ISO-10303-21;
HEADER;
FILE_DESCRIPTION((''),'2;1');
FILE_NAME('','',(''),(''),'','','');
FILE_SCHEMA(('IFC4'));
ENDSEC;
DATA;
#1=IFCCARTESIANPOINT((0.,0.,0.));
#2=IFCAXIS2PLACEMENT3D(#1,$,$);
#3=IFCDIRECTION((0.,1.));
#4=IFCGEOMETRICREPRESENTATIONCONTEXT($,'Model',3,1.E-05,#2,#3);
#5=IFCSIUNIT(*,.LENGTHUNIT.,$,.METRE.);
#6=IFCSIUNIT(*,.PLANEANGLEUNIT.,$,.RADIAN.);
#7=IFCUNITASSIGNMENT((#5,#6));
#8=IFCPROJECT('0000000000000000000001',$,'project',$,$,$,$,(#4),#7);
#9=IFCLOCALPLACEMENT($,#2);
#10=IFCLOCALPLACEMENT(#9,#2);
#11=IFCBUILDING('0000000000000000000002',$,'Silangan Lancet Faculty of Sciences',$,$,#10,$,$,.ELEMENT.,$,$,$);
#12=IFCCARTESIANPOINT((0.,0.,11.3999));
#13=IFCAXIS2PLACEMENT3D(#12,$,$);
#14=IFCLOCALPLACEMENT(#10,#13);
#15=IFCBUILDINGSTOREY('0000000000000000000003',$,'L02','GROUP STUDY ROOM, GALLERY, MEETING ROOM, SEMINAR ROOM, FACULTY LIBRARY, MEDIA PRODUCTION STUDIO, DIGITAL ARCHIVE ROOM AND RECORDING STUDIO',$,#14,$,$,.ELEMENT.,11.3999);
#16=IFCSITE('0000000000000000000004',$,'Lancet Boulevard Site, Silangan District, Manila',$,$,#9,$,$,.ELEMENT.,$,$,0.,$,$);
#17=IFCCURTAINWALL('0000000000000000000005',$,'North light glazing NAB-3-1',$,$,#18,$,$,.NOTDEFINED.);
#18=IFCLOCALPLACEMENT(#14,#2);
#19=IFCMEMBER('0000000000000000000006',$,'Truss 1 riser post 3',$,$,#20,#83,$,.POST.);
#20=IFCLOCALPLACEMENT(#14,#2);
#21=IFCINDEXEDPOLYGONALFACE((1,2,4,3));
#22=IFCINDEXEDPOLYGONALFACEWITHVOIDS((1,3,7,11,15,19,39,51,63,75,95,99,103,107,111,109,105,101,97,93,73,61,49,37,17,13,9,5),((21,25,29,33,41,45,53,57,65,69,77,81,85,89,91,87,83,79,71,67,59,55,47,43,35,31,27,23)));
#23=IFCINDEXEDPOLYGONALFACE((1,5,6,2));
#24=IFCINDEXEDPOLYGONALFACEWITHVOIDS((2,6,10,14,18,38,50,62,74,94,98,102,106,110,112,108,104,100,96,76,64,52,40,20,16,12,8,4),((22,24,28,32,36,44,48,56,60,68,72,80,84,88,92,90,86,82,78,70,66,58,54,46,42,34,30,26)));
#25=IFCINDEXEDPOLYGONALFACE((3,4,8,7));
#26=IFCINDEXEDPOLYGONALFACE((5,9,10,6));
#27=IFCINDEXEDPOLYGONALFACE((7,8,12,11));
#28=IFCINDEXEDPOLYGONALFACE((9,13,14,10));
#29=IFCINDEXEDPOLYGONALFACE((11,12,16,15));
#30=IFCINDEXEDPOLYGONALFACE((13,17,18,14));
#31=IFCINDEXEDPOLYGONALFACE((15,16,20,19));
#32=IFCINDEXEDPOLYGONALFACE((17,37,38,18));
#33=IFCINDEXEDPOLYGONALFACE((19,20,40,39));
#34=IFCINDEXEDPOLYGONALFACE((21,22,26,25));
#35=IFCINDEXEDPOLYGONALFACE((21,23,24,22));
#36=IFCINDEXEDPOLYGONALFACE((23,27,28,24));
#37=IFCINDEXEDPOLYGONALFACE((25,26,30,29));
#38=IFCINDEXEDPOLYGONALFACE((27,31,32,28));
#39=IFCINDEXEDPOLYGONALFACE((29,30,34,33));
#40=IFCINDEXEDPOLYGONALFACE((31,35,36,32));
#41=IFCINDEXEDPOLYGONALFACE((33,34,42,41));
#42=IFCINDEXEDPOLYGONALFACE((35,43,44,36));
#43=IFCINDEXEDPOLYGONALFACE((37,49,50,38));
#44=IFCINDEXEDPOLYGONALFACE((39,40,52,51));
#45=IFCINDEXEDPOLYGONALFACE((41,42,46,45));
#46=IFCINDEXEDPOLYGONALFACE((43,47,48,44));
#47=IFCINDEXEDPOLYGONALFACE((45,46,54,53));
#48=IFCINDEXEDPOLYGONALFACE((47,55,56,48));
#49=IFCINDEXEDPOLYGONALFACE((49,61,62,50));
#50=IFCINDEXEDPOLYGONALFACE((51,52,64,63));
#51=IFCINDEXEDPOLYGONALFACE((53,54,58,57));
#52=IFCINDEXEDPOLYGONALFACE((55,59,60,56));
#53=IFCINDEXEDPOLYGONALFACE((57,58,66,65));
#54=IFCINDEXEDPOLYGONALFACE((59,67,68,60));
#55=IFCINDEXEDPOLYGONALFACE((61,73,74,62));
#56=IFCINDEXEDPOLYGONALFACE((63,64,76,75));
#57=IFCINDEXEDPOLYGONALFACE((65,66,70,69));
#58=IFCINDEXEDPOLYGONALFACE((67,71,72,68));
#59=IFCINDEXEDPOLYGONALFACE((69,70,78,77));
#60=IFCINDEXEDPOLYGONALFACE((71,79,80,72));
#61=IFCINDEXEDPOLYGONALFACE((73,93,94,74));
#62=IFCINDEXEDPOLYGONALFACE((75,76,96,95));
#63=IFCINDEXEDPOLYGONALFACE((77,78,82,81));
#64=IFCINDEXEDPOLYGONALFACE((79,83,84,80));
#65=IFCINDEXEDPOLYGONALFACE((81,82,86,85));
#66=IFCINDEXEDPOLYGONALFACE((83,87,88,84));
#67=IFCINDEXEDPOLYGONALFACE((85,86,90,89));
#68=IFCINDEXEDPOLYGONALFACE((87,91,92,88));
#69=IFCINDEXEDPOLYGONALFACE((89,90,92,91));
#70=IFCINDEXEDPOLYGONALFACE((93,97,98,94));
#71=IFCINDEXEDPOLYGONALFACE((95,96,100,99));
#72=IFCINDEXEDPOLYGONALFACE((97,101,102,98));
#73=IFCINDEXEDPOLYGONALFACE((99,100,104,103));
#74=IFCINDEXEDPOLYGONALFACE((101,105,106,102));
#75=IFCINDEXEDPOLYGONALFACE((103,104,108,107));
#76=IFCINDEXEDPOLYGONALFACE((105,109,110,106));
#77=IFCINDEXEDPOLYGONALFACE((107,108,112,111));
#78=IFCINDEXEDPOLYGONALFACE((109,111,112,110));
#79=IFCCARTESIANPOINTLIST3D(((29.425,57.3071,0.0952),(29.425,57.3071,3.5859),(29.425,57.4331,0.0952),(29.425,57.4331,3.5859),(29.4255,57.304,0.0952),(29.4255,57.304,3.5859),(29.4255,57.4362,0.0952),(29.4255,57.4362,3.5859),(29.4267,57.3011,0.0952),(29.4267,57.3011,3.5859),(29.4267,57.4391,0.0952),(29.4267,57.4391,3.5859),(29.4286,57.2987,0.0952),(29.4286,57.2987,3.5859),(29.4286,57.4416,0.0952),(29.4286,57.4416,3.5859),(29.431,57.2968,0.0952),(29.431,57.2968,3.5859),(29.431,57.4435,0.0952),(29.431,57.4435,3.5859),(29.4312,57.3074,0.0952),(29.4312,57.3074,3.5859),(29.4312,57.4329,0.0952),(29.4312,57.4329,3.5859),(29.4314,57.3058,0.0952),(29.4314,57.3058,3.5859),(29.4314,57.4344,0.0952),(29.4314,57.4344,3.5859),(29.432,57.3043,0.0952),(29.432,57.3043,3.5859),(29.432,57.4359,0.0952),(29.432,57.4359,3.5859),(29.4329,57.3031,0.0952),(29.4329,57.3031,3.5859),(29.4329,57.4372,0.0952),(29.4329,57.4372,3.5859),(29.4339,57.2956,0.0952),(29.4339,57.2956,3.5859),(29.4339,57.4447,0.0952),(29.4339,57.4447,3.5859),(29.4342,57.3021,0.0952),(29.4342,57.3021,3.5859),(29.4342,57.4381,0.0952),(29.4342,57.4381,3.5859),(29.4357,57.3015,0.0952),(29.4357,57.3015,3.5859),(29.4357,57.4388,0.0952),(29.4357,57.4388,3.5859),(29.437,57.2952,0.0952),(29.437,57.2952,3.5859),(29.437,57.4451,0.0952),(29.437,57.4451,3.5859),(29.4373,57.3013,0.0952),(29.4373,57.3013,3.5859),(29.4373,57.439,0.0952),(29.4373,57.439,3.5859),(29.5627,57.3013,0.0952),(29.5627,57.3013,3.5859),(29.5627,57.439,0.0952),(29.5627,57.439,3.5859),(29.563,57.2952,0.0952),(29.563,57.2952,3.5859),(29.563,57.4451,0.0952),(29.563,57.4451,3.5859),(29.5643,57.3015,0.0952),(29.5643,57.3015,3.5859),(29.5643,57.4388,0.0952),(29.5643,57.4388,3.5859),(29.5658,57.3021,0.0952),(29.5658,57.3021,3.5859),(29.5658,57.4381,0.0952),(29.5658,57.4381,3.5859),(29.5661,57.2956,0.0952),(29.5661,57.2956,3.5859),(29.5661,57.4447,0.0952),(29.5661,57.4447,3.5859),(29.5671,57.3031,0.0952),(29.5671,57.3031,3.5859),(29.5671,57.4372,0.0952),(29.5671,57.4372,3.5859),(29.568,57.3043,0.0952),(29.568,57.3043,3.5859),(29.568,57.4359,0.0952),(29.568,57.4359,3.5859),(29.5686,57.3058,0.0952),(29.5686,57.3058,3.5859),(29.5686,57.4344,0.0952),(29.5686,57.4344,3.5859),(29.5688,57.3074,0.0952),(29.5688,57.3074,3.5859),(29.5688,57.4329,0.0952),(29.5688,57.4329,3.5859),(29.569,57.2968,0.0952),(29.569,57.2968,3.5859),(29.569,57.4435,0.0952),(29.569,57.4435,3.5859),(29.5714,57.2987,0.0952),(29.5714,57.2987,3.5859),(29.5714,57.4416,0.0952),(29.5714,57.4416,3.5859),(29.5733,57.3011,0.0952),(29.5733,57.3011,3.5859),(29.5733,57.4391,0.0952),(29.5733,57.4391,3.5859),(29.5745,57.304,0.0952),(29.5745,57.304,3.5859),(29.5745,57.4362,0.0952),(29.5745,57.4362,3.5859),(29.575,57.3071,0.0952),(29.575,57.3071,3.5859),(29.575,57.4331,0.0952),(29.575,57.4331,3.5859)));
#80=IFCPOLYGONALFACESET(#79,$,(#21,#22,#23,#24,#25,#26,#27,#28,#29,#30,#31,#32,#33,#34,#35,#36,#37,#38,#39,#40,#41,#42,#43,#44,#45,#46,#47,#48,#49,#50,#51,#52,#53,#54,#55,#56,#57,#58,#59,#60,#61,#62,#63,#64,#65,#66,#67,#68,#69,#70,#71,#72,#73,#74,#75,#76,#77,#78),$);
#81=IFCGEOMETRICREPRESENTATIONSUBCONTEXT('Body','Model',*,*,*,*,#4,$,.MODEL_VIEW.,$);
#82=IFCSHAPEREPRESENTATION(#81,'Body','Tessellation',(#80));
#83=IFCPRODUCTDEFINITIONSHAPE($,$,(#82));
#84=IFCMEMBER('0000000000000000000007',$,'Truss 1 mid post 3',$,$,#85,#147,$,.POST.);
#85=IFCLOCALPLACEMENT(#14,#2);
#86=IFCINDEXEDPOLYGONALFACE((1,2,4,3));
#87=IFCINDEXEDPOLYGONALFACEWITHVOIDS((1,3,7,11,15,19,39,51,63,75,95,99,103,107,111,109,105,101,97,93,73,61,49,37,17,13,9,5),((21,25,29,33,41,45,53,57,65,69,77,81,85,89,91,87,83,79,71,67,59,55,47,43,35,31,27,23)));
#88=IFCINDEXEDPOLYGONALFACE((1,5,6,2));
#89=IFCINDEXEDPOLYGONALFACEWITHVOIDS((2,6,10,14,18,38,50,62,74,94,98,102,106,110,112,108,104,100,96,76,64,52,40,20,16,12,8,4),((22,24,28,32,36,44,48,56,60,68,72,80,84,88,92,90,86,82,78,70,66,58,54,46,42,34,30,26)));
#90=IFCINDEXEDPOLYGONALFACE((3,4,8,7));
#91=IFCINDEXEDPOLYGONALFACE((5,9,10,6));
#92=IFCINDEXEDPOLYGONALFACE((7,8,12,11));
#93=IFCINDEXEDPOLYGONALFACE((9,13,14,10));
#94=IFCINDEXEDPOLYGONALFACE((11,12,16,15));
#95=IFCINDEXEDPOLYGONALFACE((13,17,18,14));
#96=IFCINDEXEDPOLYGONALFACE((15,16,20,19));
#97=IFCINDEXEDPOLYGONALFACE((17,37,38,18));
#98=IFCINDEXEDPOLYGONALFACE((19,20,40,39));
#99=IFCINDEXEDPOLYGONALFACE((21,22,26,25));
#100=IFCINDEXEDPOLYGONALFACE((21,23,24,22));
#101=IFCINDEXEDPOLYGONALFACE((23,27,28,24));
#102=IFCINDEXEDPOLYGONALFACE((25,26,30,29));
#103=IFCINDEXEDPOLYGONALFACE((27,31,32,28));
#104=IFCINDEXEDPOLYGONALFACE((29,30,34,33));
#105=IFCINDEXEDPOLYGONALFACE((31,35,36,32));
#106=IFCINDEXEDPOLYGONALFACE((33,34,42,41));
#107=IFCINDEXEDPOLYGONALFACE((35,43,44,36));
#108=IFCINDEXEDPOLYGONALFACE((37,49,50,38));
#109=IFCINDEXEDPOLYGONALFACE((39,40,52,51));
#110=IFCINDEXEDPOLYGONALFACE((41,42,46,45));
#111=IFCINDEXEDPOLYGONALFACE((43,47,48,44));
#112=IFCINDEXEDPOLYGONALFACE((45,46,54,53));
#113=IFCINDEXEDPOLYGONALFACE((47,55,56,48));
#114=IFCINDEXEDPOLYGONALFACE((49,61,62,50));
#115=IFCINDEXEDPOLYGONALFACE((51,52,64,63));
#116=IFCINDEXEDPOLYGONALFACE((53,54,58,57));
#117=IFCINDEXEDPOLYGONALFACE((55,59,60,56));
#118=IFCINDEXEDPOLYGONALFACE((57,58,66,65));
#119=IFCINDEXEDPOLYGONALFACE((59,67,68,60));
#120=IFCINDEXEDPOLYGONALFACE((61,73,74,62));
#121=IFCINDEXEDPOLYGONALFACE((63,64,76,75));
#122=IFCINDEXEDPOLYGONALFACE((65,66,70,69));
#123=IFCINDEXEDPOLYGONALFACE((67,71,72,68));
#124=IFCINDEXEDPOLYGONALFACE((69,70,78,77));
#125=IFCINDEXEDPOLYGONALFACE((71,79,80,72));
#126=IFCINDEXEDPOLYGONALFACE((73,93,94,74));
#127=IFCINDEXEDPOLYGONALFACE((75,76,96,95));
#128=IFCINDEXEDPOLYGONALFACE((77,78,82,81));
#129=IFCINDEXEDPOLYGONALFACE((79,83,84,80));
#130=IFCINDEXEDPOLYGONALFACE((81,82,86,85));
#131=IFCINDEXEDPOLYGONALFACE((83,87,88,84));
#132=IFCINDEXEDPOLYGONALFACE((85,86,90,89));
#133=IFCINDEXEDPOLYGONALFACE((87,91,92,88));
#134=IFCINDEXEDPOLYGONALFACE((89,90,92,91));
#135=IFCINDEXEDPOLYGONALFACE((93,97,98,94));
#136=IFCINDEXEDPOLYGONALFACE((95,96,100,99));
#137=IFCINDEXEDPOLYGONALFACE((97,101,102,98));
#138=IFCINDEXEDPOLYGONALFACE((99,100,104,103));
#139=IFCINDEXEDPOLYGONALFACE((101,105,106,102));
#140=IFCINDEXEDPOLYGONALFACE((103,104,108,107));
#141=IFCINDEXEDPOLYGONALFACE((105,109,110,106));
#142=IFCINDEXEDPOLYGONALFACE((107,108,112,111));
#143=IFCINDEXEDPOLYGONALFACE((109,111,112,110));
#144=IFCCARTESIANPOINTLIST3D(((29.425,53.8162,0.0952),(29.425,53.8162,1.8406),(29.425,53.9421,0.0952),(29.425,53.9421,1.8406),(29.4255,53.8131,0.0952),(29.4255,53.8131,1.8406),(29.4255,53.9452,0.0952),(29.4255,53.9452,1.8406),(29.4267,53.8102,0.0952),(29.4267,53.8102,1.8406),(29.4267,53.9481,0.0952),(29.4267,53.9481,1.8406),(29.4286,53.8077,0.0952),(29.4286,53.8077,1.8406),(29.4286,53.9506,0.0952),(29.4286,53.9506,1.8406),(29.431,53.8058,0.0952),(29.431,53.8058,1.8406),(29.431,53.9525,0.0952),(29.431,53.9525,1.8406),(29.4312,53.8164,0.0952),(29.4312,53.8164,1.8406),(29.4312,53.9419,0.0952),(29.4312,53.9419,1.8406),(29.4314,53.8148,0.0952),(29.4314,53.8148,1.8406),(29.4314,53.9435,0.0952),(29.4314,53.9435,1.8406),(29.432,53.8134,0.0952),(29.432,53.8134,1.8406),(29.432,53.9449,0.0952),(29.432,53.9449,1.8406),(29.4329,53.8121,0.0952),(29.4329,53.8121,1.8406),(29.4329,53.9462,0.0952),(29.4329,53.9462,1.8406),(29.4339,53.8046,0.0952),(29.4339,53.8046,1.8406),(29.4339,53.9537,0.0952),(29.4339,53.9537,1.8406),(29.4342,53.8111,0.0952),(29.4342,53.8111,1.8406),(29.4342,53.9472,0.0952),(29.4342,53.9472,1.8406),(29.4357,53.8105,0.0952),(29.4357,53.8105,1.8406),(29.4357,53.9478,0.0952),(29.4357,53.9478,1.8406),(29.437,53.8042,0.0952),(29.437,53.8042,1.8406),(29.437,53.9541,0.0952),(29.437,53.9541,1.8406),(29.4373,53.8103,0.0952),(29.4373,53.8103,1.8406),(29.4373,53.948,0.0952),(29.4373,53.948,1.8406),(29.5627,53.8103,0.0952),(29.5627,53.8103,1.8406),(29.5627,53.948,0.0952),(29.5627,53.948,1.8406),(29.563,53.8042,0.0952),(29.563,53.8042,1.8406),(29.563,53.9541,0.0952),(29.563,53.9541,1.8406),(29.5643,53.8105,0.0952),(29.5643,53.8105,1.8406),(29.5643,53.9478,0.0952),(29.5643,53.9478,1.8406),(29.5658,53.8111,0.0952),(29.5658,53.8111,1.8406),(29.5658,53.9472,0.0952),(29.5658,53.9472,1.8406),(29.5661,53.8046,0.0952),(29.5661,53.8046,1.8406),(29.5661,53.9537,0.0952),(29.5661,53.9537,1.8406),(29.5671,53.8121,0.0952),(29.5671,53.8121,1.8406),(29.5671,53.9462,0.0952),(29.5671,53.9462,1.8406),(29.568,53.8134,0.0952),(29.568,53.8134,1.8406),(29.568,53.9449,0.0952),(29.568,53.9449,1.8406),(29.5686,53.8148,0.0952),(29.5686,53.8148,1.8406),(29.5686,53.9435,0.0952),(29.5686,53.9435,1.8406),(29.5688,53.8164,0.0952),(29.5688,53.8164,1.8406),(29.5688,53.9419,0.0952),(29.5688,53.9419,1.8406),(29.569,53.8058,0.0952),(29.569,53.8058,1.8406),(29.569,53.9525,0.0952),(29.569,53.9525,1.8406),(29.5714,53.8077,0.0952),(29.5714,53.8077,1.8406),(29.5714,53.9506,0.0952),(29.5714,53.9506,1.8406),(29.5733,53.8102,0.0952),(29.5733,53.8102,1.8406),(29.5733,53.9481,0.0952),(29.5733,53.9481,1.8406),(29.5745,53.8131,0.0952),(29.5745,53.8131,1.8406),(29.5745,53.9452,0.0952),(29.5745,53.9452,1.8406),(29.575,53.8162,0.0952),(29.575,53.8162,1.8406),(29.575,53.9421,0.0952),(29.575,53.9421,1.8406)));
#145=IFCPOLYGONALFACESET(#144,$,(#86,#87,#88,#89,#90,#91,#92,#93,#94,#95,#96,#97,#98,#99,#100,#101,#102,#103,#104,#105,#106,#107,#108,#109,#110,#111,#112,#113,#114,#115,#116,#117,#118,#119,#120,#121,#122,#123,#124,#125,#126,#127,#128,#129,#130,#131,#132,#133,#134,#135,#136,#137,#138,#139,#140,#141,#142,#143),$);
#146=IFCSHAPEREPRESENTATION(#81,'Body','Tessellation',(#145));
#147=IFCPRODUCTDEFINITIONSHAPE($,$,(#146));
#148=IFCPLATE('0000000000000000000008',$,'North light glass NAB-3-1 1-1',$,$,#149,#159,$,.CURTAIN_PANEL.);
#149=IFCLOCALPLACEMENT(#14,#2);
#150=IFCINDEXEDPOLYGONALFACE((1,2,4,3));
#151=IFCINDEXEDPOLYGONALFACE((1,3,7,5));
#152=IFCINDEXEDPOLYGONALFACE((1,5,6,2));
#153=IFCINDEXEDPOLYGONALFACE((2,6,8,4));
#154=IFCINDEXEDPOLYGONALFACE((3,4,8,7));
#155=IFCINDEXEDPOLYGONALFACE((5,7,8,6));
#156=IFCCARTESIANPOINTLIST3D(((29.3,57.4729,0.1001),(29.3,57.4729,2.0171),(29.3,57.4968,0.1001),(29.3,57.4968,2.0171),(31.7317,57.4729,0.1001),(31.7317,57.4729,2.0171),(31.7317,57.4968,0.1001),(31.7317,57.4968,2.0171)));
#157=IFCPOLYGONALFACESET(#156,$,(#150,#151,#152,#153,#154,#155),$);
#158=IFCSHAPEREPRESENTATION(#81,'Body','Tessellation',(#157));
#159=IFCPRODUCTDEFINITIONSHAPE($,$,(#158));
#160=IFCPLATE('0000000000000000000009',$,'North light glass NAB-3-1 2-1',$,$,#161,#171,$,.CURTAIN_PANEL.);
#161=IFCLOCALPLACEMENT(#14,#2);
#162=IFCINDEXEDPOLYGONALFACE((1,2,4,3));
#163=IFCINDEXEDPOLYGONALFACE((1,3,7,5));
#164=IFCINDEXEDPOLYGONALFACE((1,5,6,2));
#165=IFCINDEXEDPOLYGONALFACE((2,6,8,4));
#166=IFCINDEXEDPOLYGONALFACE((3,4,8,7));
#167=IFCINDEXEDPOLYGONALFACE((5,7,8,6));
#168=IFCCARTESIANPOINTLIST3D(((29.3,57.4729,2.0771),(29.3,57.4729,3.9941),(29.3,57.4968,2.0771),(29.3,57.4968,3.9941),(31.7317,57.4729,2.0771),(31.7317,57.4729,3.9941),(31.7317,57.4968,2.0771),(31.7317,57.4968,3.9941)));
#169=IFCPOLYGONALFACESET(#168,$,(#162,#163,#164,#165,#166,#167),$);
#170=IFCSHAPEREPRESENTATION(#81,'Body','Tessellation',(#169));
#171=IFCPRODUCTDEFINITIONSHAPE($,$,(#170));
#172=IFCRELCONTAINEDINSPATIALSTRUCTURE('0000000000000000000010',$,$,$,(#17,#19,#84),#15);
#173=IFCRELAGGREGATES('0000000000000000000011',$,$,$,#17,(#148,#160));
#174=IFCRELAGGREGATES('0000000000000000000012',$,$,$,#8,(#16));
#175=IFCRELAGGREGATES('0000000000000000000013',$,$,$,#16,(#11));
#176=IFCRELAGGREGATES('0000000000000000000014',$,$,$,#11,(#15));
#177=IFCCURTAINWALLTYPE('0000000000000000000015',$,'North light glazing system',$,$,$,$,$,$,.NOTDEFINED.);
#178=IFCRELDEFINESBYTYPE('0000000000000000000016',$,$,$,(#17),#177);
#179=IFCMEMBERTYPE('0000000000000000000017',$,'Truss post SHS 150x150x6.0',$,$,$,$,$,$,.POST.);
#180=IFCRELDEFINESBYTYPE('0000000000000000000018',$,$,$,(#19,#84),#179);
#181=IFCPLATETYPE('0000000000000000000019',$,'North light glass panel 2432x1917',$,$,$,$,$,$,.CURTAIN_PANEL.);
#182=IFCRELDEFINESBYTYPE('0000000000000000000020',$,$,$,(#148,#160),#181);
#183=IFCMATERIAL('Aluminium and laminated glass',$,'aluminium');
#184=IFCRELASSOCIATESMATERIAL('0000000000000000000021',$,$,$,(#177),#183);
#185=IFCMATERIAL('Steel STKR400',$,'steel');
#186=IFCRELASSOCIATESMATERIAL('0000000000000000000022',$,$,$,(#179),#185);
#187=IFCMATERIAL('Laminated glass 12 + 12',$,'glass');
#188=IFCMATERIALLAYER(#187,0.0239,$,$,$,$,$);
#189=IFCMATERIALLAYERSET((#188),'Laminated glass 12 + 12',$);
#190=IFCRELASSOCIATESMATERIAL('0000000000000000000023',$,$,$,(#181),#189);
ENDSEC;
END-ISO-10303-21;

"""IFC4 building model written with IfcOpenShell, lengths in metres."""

from ifc_helpers import new_model, si_unit, direction, frame, origin, origin_2d, place, context, subcontext, project, spatial, polyline, hollow_rectangle, outline, extrude, material, layer, layer_set, material_profile, profile_set, type_object, element, aggregate, save


model = new_model("IFC4")

# Units and contexts
model_context = context("Model", 3, precision=1e-05, world=origin(), true_north=direction((0.0, 1.0)))
body_context = subcontext(model_context, "Body", "Model", "MODEL_VIEW")
ifc_project = project(units=[si_unit("LENGTHUNIT", "METRE"), si_unit("PLANEANGLEUNIT", "RADIAN")], contexts=[model_context])

# Site, building, storey
site_placement = place(None, origin())
site = spatial("IfcSite", under=ifc_project, at=site_placement, Name="Lancet Boulevard Site, Silangan District, Manila", CompositionType="ELEMENT", RefElevation=0.0)
building_placement = place(site_placement, origin())
building = spatial("IfcBuilding", under=site, at=building_placement, Name="Silangan Lancet Faculty of Sciences", CompositionType="ELEMENT")
storey_placement = place(building_placement, frame((0.0, 0.0, 11.3999)))
storey = spatial("IfcBuildingStorey", under=building, at=storey_placement, Name="L02", Description="GROUP STUDY ROOM, GALLERY, MEETING ROOM, SEMINAR ROOM, FACULTY LIBRARY, MEDIA PRODUCTION STUDIO, DIGITAL ARCHIVE ROOM AND RECORDING STUDIO", CompositionType="ELEMENT", Elevation=11.3999)

# Curtain wall
ifc_material_1 = material(Name="Aluminium and laminated glass", Category="aluminium")
curtain_wall_type = type_object("IfcCurtainWallType", Name="North light glazing system", PredefinedType="NOTDEFINED", material=ifc_material_1)
curtain_wall_placement = place(storey_placement, origin())
curtain_wall = element("IfcCurtainWall", 1, at=curtain_wall_placement, inside=storey, type_object=curtain_wall_type, Name="North light glazing NAB-3-1", PredefinedType="NOTDEFINED")

# Members
ifc_material_2 = material(Name="Steel STKR400", Category="steel")
ifc_material_profile_1 = material_profile(ifc_material_2, hollow_rectangle(XDim=0.1499, YDim=0.1499, WallThickness=0.0061, InnerFilletRadius=0.0061, OuterFilletRadius=0.012, at=origin_2d()), Name="SHS 150x150x6.0")
ifc_profile_set_1 = profile_set([ifc_material_profile_1], Name="Steel STKR400")
member_type_1 = type_object("IfcMemberType", Name="Truss post SHS 150x150x6.0", PredefinedType="POST", material=ifc_profile_set_1)
member_1_placement = place(storey_placement, frame((29.5, 57.3701, 0.0952), z_axis=(0.0, 0.0, 1.0), x_axis=(1.0, 0.0, 0.0)))
element("IfcMember", 2, at=member_1_placement, inside=storey, type_object=member_type_1, Name="Truss 1 riser post 3", PredefinedType="POST", context=body_context, shape_type="SweptSolid", body=[
    extrude(hollow_rectangle(XDim=0.1499, YDim=0.1499, WallThickness=0.0061, InnerFilletRadius=0.0061, OuterFilletRadius=0.012, at=origin_2d()), origin(), (0.0, 0.0, 1.0), 3.4907),
])
member_2_placement = place(storey_placement, frame((29.5, 53.8792, 0.0952), z_axis=(0.0, 0.0, 1.0), x_axis=(1.0, 0.0, 0.0)))
element("IfcMember", 3, at=member_2_placement, inside=storey, type_object=member_type_1, Name="Truss 1 mid post 3", PredefinedType="POST", context=body_context, shape_type="SweptSolid", body=[
    extrude(hollow_rectangle(XDim=0.1499, YDim=0.1499, WallThickness=0.0061, InnerFilletRadius=0.0061, OuterFilletRadius=0.012, at=origin_2d()), origin(), (0.0, 0.0, 1.0), 1.7454),
])

# Plates
ifc_material_3 = material(Name="Laminated glass 12 + 12", Category="glass")
ifc_layer = layer(ifc_material_3, 0.0239)
ifc_layer_set = layer_set([ifc_layer], Name="Laminated glass 12 + 12")
plate_type = type_object("IfcPlateType", Name="North light glass panel 2432x1917", PredefinedType="CURTAIN_PANEL", material=ifc_layer_set)
plate_1_placement = place(storey_placement, frame((29.3, 57.4729, 0.1001), z_axis=(0.0, -1.0, 0.0), x_axis=(1.0, 0.0, 0.0)))
plate_1 = element("IfcPlate", 4, at=plate_1_placement, type_object=plate_type, Name="North light glass NAB-3-1 1-1", PredefinedType="CURTAIN_PANEL", context=body_context, shape_type="SweptSolid", body=[
    extrude(outline(polyline([(0.0, 0.0), (2.4316, 0.0), (2.4316, 1.917), (0.0, 1.917), (0.0, 0.0)])), origin(), (0.0, 0.0, -1.0), 0.0239),
])
plate_2_placement = place(storey_placement, frame((29.3, 57.4729, 2.0771), z_axis=(0.0, -1.0, 0.0), x_axis=(1.0, 0.0, 0.0)))
plate_2 = element("IfcPlate", 5, at=plate_2_placement, type_object=plate_type, Name="North light glass NAB-3-1 2-1", PredefinedType="CURTAIN_PANEL", context=body_context, shape_type="SweptSolid", body=[
    extrude(outline(polyline([(0.0, 0.0), (2.4316, 0.0), (2.4316, 1.917), (0.0, 1.917), (0.0, 0.0)])), origin(), (0.0, 0.0, -1.0), 0.0239),
])
aggregate(curtain_wall, [plate_1, plate_2])

save(model, "model.ifc")
